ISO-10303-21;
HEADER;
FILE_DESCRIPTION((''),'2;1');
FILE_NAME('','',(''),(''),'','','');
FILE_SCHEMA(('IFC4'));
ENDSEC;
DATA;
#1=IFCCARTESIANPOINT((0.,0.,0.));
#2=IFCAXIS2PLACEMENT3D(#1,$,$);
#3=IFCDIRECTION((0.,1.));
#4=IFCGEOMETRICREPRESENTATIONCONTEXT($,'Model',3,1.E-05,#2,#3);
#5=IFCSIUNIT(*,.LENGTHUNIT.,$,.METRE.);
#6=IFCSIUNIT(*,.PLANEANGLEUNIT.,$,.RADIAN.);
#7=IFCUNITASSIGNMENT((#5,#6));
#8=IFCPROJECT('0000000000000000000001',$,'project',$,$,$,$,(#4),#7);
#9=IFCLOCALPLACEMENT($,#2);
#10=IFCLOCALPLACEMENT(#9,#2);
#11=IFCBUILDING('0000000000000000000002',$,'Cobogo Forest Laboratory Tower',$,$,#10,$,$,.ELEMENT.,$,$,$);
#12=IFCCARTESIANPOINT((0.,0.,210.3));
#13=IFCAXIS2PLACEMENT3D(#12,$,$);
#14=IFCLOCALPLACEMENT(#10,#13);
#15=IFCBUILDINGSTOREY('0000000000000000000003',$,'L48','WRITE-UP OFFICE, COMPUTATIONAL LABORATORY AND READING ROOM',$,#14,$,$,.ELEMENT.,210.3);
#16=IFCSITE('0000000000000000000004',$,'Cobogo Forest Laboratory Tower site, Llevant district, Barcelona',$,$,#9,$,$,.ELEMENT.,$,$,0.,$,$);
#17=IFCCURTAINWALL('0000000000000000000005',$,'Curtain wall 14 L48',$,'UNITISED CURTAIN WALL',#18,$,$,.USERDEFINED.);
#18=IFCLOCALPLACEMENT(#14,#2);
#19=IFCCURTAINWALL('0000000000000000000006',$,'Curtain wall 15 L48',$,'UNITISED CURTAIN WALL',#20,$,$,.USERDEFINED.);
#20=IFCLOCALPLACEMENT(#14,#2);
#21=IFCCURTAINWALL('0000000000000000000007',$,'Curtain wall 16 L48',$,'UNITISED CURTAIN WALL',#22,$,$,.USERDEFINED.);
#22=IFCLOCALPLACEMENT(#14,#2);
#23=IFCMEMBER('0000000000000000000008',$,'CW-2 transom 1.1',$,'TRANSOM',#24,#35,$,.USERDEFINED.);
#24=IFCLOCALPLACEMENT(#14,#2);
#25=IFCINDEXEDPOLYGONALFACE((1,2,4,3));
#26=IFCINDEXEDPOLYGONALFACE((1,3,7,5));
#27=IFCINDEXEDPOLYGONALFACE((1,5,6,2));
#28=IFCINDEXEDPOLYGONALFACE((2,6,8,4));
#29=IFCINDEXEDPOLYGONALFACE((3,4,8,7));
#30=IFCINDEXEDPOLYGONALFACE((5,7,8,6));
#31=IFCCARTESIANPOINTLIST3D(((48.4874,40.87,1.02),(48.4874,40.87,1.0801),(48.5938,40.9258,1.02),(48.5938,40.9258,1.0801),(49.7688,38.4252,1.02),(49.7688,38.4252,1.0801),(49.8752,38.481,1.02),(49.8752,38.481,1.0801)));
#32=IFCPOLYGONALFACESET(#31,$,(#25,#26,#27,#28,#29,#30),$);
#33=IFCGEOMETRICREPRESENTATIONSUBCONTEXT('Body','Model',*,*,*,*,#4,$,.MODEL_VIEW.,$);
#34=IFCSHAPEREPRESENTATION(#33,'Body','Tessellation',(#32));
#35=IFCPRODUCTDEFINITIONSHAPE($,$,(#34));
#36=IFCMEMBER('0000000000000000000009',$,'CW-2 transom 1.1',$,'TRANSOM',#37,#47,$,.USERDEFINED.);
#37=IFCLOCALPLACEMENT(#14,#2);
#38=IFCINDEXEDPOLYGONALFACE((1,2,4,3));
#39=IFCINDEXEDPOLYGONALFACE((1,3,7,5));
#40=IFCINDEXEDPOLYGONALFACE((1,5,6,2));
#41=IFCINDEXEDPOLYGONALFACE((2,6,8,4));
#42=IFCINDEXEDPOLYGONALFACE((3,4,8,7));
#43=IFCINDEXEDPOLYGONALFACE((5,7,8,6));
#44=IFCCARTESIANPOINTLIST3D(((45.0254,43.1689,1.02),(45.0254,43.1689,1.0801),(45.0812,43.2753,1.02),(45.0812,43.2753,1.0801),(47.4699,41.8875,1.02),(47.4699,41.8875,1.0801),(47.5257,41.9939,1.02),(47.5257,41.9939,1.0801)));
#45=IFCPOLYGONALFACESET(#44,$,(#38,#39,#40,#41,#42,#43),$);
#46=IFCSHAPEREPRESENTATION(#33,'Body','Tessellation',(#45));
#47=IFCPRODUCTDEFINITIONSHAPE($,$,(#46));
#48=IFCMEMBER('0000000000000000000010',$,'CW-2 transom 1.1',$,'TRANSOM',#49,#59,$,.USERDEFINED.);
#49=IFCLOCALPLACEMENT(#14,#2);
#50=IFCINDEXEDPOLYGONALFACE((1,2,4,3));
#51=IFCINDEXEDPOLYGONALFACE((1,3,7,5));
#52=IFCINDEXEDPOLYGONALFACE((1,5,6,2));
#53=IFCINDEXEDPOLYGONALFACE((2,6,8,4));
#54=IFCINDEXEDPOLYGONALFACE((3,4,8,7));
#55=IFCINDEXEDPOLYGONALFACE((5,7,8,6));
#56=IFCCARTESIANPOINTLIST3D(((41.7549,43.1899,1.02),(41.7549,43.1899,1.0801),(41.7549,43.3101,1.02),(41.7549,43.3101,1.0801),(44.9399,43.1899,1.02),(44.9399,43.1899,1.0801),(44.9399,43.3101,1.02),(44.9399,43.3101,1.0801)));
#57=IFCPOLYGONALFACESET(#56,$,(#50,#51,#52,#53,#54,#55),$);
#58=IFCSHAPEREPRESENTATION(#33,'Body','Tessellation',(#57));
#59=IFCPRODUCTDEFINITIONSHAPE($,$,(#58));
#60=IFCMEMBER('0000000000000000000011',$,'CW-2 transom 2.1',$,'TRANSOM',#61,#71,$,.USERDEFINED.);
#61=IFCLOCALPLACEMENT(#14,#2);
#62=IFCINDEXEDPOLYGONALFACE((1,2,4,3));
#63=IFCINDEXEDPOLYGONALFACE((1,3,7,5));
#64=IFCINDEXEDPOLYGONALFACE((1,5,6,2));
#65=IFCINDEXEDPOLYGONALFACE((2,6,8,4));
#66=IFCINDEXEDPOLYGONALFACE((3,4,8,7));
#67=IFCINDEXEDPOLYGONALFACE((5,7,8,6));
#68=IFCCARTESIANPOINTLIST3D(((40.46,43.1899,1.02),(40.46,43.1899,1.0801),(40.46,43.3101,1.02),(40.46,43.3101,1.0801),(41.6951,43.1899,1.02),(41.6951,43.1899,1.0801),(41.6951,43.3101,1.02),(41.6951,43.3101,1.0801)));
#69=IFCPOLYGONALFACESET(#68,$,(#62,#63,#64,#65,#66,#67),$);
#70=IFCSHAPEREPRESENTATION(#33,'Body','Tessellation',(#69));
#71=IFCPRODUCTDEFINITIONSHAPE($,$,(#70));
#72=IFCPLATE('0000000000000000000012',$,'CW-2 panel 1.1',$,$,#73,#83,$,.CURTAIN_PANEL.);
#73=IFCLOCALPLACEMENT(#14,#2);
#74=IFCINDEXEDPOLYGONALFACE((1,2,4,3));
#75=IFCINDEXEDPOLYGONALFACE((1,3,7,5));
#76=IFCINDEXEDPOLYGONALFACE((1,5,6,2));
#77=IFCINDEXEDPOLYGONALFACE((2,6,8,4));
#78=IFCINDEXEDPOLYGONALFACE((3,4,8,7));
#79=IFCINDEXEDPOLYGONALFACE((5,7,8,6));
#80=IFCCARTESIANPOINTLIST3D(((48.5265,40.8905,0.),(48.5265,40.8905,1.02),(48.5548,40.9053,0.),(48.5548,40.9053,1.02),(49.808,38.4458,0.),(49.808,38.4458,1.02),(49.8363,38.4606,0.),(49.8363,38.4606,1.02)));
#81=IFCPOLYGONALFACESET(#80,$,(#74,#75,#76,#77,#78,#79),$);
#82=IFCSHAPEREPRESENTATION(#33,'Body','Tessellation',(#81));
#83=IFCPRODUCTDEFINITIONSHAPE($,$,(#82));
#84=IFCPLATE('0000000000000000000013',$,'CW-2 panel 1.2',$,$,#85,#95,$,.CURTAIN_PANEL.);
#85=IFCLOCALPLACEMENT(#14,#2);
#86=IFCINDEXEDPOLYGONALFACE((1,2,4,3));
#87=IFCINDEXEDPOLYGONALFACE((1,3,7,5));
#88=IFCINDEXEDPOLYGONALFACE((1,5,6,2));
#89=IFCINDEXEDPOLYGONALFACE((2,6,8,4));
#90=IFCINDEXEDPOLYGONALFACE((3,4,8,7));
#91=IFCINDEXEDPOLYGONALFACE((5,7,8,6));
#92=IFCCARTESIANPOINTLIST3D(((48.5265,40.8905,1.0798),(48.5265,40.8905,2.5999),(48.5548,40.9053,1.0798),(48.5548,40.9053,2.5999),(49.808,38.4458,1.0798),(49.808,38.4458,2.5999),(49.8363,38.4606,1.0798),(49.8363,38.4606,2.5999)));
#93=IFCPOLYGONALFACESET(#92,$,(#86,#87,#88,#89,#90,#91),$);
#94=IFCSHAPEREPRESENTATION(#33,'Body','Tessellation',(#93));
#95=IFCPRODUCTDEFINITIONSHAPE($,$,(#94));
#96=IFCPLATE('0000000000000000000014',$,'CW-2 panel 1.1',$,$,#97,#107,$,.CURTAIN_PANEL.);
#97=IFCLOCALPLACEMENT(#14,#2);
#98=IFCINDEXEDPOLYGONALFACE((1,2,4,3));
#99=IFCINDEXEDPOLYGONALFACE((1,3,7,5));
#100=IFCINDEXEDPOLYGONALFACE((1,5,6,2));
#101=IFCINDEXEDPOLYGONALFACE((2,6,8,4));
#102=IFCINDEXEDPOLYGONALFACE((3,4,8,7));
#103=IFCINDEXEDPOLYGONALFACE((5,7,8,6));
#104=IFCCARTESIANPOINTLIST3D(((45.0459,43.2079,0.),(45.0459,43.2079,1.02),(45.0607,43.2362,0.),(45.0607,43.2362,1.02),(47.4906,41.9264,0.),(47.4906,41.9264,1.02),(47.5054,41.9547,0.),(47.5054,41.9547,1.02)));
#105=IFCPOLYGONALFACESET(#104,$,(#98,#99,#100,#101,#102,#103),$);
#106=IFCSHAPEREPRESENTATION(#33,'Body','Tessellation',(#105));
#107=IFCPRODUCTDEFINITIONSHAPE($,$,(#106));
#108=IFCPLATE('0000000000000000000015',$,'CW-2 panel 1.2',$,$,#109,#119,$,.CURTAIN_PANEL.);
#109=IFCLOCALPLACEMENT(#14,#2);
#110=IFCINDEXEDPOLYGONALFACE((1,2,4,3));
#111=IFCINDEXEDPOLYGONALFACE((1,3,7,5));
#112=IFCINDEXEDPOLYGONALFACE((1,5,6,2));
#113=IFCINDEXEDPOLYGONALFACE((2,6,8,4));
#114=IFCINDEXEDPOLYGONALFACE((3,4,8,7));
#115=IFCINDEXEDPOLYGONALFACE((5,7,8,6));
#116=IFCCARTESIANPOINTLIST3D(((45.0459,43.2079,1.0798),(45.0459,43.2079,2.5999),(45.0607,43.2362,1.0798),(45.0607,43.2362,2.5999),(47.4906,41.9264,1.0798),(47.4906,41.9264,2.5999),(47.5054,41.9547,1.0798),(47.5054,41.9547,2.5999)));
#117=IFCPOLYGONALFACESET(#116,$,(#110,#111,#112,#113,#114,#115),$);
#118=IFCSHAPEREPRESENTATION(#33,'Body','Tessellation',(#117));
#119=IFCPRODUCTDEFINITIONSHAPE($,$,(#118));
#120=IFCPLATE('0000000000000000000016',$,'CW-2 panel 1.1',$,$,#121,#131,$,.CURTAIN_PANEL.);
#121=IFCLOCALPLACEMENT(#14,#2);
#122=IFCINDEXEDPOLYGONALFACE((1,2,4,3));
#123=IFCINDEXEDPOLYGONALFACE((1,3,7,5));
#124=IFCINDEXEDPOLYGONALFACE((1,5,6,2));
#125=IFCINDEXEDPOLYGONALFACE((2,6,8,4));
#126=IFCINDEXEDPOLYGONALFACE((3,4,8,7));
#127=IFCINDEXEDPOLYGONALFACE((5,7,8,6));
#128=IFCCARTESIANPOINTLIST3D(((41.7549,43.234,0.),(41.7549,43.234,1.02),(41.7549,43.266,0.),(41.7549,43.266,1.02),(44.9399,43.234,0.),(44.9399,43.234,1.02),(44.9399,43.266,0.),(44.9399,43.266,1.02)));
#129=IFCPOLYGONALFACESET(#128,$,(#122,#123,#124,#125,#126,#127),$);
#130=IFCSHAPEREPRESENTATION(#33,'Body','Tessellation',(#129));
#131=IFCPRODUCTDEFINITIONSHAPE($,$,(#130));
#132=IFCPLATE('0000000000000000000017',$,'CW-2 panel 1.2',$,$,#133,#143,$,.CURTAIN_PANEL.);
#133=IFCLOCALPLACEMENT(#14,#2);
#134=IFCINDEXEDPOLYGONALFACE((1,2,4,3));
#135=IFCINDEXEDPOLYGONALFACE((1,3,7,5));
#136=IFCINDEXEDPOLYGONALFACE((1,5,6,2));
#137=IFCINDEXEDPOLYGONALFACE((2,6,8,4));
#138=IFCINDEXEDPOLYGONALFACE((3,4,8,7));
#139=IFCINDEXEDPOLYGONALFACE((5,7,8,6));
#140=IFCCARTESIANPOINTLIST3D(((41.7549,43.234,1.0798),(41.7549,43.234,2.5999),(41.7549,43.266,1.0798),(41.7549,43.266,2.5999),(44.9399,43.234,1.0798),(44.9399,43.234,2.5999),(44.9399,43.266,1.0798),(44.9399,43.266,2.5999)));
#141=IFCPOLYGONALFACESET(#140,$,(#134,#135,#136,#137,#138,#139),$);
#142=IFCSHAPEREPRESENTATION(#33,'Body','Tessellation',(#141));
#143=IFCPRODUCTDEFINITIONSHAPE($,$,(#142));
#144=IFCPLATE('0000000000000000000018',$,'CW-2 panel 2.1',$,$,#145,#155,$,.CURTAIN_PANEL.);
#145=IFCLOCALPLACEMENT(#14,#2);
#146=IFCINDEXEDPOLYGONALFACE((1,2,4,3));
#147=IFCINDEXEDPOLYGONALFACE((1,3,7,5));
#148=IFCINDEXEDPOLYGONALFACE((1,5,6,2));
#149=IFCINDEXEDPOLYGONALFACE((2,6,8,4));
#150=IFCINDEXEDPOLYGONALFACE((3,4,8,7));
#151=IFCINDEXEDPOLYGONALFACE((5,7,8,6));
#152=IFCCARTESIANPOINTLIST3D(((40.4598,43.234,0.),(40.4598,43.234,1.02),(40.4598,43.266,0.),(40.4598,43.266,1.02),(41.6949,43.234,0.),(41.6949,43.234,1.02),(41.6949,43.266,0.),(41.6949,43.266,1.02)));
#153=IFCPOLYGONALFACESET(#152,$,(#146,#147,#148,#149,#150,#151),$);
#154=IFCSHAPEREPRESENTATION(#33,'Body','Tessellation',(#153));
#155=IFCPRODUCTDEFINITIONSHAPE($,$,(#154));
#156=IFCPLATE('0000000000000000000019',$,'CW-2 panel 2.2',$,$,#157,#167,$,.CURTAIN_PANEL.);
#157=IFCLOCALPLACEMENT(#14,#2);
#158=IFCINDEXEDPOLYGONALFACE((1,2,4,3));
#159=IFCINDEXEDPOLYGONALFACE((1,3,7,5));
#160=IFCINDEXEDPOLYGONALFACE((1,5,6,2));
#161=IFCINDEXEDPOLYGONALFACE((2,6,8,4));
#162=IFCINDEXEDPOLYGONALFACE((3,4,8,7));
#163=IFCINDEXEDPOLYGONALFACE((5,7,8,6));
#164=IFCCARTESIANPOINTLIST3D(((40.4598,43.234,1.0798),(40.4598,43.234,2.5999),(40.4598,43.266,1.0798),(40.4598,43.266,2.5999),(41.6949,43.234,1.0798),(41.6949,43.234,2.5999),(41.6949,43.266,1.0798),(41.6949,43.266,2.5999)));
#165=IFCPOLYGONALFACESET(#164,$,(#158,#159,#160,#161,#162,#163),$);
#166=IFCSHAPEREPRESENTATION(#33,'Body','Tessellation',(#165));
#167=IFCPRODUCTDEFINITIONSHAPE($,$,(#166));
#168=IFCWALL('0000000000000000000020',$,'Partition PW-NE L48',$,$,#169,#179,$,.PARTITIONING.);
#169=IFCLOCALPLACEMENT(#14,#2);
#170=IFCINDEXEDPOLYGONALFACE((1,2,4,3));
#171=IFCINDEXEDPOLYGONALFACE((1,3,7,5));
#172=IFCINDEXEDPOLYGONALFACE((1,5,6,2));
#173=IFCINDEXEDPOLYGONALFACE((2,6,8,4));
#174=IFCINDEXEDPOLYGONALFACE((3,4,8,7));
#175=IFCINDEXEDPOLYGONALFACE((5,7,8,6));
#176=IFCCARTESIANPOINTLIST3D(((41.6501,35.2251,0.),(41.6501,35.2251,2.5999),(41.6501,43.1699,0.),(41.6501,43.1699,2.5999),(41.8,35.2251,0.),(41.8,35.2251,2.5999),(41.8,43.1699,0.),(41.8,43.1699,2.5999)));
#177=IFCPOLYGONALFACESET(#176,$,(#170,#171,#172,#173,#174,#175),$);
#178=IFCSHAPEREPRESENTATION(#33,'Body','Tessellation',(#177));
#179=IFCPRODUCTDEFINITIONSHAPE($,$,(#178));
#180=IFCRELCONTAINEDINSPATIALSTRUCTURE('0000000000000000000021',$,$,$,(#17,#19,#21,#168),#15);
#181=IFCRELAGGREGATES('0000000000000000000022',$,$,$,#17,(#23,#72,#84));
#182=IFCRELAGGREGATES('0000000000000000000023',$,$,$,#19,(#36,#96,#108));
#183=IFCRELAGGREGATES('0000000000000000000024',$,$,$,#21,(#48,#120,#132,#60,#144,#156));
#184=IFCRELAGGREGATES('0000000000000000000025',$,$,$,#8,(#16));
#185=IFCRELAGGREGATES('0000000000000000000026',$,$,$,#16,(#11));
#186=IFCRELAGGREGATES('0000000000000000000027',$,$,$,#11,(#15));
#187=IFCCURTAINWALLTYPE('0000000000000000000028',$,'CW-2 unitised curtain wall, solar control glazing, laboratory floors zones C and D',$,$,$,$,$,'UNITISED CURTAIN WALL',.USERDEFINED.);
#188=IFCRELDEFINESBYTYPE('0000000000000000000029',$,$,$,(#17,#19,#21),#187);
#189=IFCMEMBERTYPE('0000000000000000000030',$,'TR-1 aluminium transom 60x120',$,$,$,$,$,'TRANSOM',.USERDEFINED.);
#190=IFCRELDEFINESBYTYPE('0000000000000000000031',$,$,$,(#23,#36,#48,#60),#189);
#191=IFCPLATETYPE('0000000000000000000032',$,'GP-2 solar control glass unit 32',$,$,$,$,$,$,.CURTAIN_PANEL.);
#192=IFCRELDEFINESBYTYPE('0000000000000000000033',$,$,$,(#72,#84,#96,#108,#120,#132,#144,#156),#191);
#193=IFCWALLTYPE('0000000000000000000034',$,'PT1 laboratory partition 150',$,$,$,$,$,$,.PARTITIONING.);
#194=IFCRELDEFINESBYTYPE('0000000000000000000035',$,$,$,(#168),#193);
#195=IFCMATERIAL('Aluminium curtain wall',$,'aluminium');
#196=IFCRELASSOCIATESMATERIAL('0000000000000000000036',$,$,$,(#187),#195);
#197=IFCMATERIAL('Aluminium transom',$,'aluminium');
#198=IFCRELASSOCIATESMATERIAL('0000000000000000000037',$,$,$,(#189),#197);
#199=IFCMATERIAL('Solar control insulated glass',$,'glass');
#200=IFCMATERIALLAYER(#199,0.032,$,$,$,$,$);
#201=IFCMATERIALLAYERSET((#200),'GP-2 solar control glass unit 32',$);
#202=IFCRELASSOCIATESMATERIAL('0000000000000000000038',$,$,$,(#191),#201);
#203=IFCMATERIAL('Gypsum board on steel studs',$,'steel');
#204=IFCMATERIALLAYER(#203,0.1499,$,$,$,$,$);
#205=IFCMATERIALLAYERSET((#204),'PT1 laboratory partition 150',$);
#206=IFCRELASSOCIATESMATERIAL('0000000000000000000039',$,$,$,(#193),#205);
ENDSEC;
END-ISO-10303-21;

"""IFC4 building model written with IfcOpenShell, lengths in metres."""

from ifc_helpers import new_model, si_unit, direction, frame, frame_2d, origin, origin_2d, place, context, subcontext, project, spatial, rectangle, extrude, material, layer, layer_set, material_profile, profile_set, type_object, element, aggregate, save


model = new_model("IFC4")

# Units and contexts
model_context = context("Model", 3, precision=1e-05, world=origin(), true_north=direction((0.0, 1.0)))
body_context = subcontext(model_context, "Body", "Model", "MODEL_VIEW")
ifc_project = project(units=[si_unit("LENGTHUNIT", "METRE"), si_unit("PLANEANGLEUNIT", "RADIAN")], contexts=[model_context])

# Site, building, storey
site_placement = place(None, origin())
site = spatial("IfcSite", under=ifc_project, at=site_placement, Name="Cobogo Forest Laboratory Tower site, Llevant district, Barcelona", CompositionType="ELEMENT", RefElevation=0.0)
building_placement = place(site_placement, origin())
building = spatial("IfcBuilding", under=site, at=building_placement, Name="Cobogo Forest Laboratory Tower", CompositionType="ELEMENT")
storey_placement = place(building_placement, frame((0.0, 0.0, 210.3)))
storey = spatial("IfcBuildingStorey", under=building, at=storey_placement, Name="L48", Description="WRITE-UP OFFICE, COMPUTATIONAL LABORATORY AND READING ROOM", CompositionType="ELEMENT", Elevation=210.3)

# Curtain walls
ifc_material_1 = material(Name="Aluminium curtain wall", Category="aluminium")
curtain_wall_type = type_object("IfcCurtainWallType", Name="CW-2 unitised curtain wall, solar control glazing, laboratory floors zones C and D", ElementType="UNITISED CURTAIN WALL", PredefinedType="USERDEFINED", material=ifc_material_1)
curtain_wall_1_placement = place(storey_placement, origin())
curtain_wall_1 = element("IfcCurtainWall", 1, at=curtain_wall_1_placement, inside=storey, type_object=curtain_wall_type, Name="Curtain wall 14 L48", ObjectType="UNITISED CURTAIN WALL", PredefinedType="USERDEFINED")
curtain_wall_2_placement = place(storey_placement, origin())
curtain_wall_2 = element("IfcCurtainWall", 2, at=curtain_wall_2_placement, inside=storey, type_object=curtain_wall_type, Name="Curtain wall 15 L48", ObjectType="UNITISED CURTAIN WALL", PredefinedType="USERDEFINED")
curtain_wall_3_placement = place(storey_placement, origin())
curtain_wall_3 = element("IfcCurtainWall", 3, at=curtain_wall_3_placement, inside=storey, type_object=curtain_wall_type, Name="Curtain wall 16 L48", ObjectType="UNITISED CURTAIN WALL", PredefinedType="USERDEFINED")

# Members
ifc_material_2 = material(Name="Aluminium transom", Category="aluminium")
ifc_material_profile_1 = material_profile(ifc_material_2, rectangle(XDim=0.1201, YDim=0.0601, at=origin_2d()), Name="AL 60x120")
ifc_profile_set_1 = profile_set([ifc_material_profile_1], Name="Aluminium transom")
member_type_1 = type_object("IfcMemberType", Name="TR-1 aluminium transom 60x120", ElementType="TRANSOM", PredefinedType="USERDEFINED", material=ifc_profile_set_1)
member_1_placement = place(storey_placement, frame((49.822, 38.4531, 1.05), z_axis=(-0.464255, 0.885702, 0.0), x_axis=(-0.885702, -0.464255, 0.0)))
member_1 = element("IfcMember", 4, at=member_1_placement, type_object=member_type_1, Name="CW-2 transom 1.1", ObjectType="TRANSOM", PredefinedType="USERDEFINED", context=body_context, shape_type="SweptSolid", body=[
    extrude(rectangle(XDim=0.1201, YDim=0.0601, at=origin_2d()), origin(), (0.0, 0.0, 1.0), 2.7603),
])
member_2_placement = place(storey_placement, frame((47.4978, 41.9407, 1.05), z_axis=(-0.885683, 0.464291, 0.0), x_axis=(-0.464291, -0.885683, 0.0)))
member_2 = element("IfcMember", 5, at=member_2_placement, type_object=member_type_1, Name="CW-2 transom 1.1", ObjectType="TRANSOM", PredefinedType="USERDEFINED", context=body_context, shape_type="SweptSolid", body=[
    extrude(rectangle(XDim=0.1201, YDim=0.0601, at=origin_2d()), origin(), (0.0, 0.0, 1.0), 2.76),
])
member_3_placement = place(storey_placement, frame((44.9399, 43.25, 1.05), z_axis=(-1.0, 0.0, 0.0), x_axis=(0.0, -1.0, 0.0)))
member_3 = element("IfcMember", 6, at=member_3_placement, type_object=member_type_1, Name="CW-2 transom 1.1", ObjectType="TRANSOM", PredefinedType="USERDEFINED", context=body_context, shape_type="SweptSolid", body=[
    extrude(rectangle(XDim=0.1201, YDim=0.0601, at=origin_2d()), origin(), (0.0, 0.0, 1.0), 3.1851),
])
member_4_placement = place(storey_placement, frame((41.6951, 43.25, 1.05), z_axis=(-1.0, 0.0, 0.0), x_axis=(0.0, -1.0, 0.0)))
member_4 = element("IfcMember", 7, at=member_4_placement, type_object=member_type_1, Name="CW-2 transom 2.1", ObjectType="TRANSOM", PredefinedType="USERDEFINED", context=body_context, shape_type="SweptSolid", body=[
    extrude(rectangle(XDim=0.1201, YDim=0.0601, at=origin_2d()), origin(), (0.0, 0.0, 1.0), 1.2351),
])

# Plates
ifc_material_3 = material(Name="Solar control insulated glass", Category="glass")
ifc_layer_1 = layer(ifc_material_3, 0.032)
ifc_layer_set_1 = layer_set([ifc_layer_1], Name="GP-2 solar control glass unit 32")
plate_type = type_object("IfcPlateType", Name="GP-2 solar control glass unit 32", PredefinedType="CURTAIN_PANEL", material=ifc_layer_set_1)
plate_1_placement = place(storey_placement, frame((49.1814, 39.6755, 0.0), z_axis=(0.0, 0.0, 1.0), x_axis=(-0.464284, 0.885686, 0.0)))
plate_1 = element("IfcPlate", 8, at=plate_1_placement, type_object=plate_type, Name="CW-2 panel 1.1", PredefinedType="CURTAIN_PANEL", context=body_context, shape_type="SweptSolid", body=[
    extrude(rectangle(XDim=2.7603, YDim=0.032, at=origin_2d()), origin(), (0.0, 0.0, 1.0), 1.02),
])
plate_2_placement = place(storey_placement, frame((49.1814, 39.6755, 1.0798), z_axis=(0.0, 0.0, 1.0), x_axis=(-0.464284, 0.885686, 0.0)))
plate_2 = element("IfcPlate", 9, at=plate_2_placement, type_object=plate_type, Name="CW-2 panel 1.2", PredefinedType="CURTAIN_PANEL", context=body_context, shape_type="SweptSolid", body=[
    extrude(rectangle(XDim=2.7603, YDim=0.032, at=origin_2d()), origin(), (0.0, 0.0, 1.0), 1.52),
])
aggregate(curtain_wall_1, [member_1, plate_1, plate_2])
plate_3_placement = place(storey_placement, frame((46.2756, 42.5813, 0.0), z_axis=(0.0, 0.0, 1.0), x_axis=(-0.885686, 0.464284, 0.0)))
plate_3 = element("IfcPlate", 10, at=plate_3_placement, type_object=plate_type, Name="CW-2 panel 1.1", PredefinedType="CURTAIN_PANEL", context=body_context, shape_type="SweptSolid", body=[
    extrude(rectangle(XDim=2.7603, YDim=0.032, at=origin_2d()), origin(), (0.0, 0.0, 1.0), 1.02),
])
plate_4_placement = place(storey_placement, frame((46.2756, 42.5813, 1.0798), z_axis=(0.0, 0.0, 1.0), x_axis=(-0.885686, 0.464284, 0.0)))
plate_4 = element("IfcPlate", 11, at=plate_4_placement, type_object=plate_type, Name="CW-2 panel 1.2", PredefinedType="CURTAIN_PANEL", context=body_context, shape_type="SweptSolid", body=[
    extrude(rectangle(XDim=2.7603, YDim=0.032, at=origin_2d()), origin(), (0.0, 0.0, 1.0), 1.52),
])
aggregate(curtain_wall_2, [member_2, plate_3, plate_4])
plate_5_placement = place(storey_placement, frame((43.3474, 43.25, 0.0), z_axis=(0.0, 0.0, 1.0), x_axis=(-1.0, 0.0, 0.0)))
plate_5 = element("IfcPlate", 12, at=plate_5_placement, type_object=plate_type, Name="CW-2 panel 1.1", PredefinedType="CURTAIN_PANEL", context=body_context, shape_type="SweptSolid", body=[
    extrude(rectangle(XDim=3.1851, YDim=0.032, at=origin_2d()), origin(), (0.0, 0.0, 1.0), 1.02),
])
plate_6_placement = place(storey_placement, frame((43.3474, 43.25, 1.0798), z_axis=(0.0, 0.0, 1.0), x_axis=(-1.0, 0.0, 0.0)))
plate_6 = element("IfcPlate", 13, at=plate_6_placement, type_object=plate_type, Name="CW-2 panel 1.2", PredefinedType="CURTAIN_PANEL", context=body_context, shape_type="SweptSolid", body=[
    extrude(rectangle(XDim=3.1851, YDim=0.032, at=origin_2d()), origin(), (0.0, 0.0, 1.0), 1.52),
])
plate_7_placement = place(storey_placement, frame((41.0774, 43.25, 0.0), z_axis=(0.0, 0.0, 1.0), x_axis=(-1.0, 0.0, 0.0)))
plate_7 = element("IfcPlate", 14, at=plate_7_placement, type_object=plate_type, Name="CW-2 panel 2.1", PredefinedType="CURTAIN_PANEL", context=body_context, shape_type="SweptSolid", body=[
    extrude(rectangle(XDim=1.2351, YDim=0.032, at=origin_2d()), origin(), (0.0, 0.0, 1.0), 1.02),
])
plate_8_placement = place(storey_placement, frame((41.0774, 43.25, 1.0798), z_axis=(0.0, 0.0, 1.0), x_axis=(-1.0, 0.0, 0.0)))
plate_8 = element("IfcPlate", 15, at=plate_8_placement, type_object=plate_type, Name="CW-2 panel 2.2", PredefinedType="CURTAIN_PANEL", context=body_context, shape_type="SweptSolid", body=[
    extrude(rectangle(XDim=1.2351, YDim=0.032, at=origin_2d()), origin(), (0.0, 0.0, 1.0), 1.52),
])
aggregate(curtain_wall_3, [member_3, plate_5, plate_6, member_4, plate_7, plate_8])

# Wall
ifc_material_4 = material(Name="Gypsum board on steel studs", Category="steel")
ifc_layer_2 = layer(ifc_material_4, 0.1499)
ifc_layer_set_2 = layer_set([ifc_layer_2], Name="PT1 laboratory partition 150")
wall_type = type_object("IfcWallType", Name="PT1 laboratory partition 150", PredefinedType="PARTITIONING", material=ifc_layer_set_2)
wall_placement = place(storey_placement, frame((41.7251, 43.1699, 0.0), z_axis=(0.0, 0.0, 1.0), x_axis=(0.0, -1.0, 0.0)))
element("IfcWall", 16, at=wall_placement, inside=storey, type_object=wall_type, Name="Partition PW-NE L48", PredefinedType="PARTITIONING", context=body_context, shape_type="SweptSolid", body=[
    extrude(rectangle(XDim=7.9448, YDim=0.1499, at=frame_2d((3.9724, 0.0))), origin(), (0.0, 0.0, 1.0), 2.5999),
])

save(model, "model.ifc")
